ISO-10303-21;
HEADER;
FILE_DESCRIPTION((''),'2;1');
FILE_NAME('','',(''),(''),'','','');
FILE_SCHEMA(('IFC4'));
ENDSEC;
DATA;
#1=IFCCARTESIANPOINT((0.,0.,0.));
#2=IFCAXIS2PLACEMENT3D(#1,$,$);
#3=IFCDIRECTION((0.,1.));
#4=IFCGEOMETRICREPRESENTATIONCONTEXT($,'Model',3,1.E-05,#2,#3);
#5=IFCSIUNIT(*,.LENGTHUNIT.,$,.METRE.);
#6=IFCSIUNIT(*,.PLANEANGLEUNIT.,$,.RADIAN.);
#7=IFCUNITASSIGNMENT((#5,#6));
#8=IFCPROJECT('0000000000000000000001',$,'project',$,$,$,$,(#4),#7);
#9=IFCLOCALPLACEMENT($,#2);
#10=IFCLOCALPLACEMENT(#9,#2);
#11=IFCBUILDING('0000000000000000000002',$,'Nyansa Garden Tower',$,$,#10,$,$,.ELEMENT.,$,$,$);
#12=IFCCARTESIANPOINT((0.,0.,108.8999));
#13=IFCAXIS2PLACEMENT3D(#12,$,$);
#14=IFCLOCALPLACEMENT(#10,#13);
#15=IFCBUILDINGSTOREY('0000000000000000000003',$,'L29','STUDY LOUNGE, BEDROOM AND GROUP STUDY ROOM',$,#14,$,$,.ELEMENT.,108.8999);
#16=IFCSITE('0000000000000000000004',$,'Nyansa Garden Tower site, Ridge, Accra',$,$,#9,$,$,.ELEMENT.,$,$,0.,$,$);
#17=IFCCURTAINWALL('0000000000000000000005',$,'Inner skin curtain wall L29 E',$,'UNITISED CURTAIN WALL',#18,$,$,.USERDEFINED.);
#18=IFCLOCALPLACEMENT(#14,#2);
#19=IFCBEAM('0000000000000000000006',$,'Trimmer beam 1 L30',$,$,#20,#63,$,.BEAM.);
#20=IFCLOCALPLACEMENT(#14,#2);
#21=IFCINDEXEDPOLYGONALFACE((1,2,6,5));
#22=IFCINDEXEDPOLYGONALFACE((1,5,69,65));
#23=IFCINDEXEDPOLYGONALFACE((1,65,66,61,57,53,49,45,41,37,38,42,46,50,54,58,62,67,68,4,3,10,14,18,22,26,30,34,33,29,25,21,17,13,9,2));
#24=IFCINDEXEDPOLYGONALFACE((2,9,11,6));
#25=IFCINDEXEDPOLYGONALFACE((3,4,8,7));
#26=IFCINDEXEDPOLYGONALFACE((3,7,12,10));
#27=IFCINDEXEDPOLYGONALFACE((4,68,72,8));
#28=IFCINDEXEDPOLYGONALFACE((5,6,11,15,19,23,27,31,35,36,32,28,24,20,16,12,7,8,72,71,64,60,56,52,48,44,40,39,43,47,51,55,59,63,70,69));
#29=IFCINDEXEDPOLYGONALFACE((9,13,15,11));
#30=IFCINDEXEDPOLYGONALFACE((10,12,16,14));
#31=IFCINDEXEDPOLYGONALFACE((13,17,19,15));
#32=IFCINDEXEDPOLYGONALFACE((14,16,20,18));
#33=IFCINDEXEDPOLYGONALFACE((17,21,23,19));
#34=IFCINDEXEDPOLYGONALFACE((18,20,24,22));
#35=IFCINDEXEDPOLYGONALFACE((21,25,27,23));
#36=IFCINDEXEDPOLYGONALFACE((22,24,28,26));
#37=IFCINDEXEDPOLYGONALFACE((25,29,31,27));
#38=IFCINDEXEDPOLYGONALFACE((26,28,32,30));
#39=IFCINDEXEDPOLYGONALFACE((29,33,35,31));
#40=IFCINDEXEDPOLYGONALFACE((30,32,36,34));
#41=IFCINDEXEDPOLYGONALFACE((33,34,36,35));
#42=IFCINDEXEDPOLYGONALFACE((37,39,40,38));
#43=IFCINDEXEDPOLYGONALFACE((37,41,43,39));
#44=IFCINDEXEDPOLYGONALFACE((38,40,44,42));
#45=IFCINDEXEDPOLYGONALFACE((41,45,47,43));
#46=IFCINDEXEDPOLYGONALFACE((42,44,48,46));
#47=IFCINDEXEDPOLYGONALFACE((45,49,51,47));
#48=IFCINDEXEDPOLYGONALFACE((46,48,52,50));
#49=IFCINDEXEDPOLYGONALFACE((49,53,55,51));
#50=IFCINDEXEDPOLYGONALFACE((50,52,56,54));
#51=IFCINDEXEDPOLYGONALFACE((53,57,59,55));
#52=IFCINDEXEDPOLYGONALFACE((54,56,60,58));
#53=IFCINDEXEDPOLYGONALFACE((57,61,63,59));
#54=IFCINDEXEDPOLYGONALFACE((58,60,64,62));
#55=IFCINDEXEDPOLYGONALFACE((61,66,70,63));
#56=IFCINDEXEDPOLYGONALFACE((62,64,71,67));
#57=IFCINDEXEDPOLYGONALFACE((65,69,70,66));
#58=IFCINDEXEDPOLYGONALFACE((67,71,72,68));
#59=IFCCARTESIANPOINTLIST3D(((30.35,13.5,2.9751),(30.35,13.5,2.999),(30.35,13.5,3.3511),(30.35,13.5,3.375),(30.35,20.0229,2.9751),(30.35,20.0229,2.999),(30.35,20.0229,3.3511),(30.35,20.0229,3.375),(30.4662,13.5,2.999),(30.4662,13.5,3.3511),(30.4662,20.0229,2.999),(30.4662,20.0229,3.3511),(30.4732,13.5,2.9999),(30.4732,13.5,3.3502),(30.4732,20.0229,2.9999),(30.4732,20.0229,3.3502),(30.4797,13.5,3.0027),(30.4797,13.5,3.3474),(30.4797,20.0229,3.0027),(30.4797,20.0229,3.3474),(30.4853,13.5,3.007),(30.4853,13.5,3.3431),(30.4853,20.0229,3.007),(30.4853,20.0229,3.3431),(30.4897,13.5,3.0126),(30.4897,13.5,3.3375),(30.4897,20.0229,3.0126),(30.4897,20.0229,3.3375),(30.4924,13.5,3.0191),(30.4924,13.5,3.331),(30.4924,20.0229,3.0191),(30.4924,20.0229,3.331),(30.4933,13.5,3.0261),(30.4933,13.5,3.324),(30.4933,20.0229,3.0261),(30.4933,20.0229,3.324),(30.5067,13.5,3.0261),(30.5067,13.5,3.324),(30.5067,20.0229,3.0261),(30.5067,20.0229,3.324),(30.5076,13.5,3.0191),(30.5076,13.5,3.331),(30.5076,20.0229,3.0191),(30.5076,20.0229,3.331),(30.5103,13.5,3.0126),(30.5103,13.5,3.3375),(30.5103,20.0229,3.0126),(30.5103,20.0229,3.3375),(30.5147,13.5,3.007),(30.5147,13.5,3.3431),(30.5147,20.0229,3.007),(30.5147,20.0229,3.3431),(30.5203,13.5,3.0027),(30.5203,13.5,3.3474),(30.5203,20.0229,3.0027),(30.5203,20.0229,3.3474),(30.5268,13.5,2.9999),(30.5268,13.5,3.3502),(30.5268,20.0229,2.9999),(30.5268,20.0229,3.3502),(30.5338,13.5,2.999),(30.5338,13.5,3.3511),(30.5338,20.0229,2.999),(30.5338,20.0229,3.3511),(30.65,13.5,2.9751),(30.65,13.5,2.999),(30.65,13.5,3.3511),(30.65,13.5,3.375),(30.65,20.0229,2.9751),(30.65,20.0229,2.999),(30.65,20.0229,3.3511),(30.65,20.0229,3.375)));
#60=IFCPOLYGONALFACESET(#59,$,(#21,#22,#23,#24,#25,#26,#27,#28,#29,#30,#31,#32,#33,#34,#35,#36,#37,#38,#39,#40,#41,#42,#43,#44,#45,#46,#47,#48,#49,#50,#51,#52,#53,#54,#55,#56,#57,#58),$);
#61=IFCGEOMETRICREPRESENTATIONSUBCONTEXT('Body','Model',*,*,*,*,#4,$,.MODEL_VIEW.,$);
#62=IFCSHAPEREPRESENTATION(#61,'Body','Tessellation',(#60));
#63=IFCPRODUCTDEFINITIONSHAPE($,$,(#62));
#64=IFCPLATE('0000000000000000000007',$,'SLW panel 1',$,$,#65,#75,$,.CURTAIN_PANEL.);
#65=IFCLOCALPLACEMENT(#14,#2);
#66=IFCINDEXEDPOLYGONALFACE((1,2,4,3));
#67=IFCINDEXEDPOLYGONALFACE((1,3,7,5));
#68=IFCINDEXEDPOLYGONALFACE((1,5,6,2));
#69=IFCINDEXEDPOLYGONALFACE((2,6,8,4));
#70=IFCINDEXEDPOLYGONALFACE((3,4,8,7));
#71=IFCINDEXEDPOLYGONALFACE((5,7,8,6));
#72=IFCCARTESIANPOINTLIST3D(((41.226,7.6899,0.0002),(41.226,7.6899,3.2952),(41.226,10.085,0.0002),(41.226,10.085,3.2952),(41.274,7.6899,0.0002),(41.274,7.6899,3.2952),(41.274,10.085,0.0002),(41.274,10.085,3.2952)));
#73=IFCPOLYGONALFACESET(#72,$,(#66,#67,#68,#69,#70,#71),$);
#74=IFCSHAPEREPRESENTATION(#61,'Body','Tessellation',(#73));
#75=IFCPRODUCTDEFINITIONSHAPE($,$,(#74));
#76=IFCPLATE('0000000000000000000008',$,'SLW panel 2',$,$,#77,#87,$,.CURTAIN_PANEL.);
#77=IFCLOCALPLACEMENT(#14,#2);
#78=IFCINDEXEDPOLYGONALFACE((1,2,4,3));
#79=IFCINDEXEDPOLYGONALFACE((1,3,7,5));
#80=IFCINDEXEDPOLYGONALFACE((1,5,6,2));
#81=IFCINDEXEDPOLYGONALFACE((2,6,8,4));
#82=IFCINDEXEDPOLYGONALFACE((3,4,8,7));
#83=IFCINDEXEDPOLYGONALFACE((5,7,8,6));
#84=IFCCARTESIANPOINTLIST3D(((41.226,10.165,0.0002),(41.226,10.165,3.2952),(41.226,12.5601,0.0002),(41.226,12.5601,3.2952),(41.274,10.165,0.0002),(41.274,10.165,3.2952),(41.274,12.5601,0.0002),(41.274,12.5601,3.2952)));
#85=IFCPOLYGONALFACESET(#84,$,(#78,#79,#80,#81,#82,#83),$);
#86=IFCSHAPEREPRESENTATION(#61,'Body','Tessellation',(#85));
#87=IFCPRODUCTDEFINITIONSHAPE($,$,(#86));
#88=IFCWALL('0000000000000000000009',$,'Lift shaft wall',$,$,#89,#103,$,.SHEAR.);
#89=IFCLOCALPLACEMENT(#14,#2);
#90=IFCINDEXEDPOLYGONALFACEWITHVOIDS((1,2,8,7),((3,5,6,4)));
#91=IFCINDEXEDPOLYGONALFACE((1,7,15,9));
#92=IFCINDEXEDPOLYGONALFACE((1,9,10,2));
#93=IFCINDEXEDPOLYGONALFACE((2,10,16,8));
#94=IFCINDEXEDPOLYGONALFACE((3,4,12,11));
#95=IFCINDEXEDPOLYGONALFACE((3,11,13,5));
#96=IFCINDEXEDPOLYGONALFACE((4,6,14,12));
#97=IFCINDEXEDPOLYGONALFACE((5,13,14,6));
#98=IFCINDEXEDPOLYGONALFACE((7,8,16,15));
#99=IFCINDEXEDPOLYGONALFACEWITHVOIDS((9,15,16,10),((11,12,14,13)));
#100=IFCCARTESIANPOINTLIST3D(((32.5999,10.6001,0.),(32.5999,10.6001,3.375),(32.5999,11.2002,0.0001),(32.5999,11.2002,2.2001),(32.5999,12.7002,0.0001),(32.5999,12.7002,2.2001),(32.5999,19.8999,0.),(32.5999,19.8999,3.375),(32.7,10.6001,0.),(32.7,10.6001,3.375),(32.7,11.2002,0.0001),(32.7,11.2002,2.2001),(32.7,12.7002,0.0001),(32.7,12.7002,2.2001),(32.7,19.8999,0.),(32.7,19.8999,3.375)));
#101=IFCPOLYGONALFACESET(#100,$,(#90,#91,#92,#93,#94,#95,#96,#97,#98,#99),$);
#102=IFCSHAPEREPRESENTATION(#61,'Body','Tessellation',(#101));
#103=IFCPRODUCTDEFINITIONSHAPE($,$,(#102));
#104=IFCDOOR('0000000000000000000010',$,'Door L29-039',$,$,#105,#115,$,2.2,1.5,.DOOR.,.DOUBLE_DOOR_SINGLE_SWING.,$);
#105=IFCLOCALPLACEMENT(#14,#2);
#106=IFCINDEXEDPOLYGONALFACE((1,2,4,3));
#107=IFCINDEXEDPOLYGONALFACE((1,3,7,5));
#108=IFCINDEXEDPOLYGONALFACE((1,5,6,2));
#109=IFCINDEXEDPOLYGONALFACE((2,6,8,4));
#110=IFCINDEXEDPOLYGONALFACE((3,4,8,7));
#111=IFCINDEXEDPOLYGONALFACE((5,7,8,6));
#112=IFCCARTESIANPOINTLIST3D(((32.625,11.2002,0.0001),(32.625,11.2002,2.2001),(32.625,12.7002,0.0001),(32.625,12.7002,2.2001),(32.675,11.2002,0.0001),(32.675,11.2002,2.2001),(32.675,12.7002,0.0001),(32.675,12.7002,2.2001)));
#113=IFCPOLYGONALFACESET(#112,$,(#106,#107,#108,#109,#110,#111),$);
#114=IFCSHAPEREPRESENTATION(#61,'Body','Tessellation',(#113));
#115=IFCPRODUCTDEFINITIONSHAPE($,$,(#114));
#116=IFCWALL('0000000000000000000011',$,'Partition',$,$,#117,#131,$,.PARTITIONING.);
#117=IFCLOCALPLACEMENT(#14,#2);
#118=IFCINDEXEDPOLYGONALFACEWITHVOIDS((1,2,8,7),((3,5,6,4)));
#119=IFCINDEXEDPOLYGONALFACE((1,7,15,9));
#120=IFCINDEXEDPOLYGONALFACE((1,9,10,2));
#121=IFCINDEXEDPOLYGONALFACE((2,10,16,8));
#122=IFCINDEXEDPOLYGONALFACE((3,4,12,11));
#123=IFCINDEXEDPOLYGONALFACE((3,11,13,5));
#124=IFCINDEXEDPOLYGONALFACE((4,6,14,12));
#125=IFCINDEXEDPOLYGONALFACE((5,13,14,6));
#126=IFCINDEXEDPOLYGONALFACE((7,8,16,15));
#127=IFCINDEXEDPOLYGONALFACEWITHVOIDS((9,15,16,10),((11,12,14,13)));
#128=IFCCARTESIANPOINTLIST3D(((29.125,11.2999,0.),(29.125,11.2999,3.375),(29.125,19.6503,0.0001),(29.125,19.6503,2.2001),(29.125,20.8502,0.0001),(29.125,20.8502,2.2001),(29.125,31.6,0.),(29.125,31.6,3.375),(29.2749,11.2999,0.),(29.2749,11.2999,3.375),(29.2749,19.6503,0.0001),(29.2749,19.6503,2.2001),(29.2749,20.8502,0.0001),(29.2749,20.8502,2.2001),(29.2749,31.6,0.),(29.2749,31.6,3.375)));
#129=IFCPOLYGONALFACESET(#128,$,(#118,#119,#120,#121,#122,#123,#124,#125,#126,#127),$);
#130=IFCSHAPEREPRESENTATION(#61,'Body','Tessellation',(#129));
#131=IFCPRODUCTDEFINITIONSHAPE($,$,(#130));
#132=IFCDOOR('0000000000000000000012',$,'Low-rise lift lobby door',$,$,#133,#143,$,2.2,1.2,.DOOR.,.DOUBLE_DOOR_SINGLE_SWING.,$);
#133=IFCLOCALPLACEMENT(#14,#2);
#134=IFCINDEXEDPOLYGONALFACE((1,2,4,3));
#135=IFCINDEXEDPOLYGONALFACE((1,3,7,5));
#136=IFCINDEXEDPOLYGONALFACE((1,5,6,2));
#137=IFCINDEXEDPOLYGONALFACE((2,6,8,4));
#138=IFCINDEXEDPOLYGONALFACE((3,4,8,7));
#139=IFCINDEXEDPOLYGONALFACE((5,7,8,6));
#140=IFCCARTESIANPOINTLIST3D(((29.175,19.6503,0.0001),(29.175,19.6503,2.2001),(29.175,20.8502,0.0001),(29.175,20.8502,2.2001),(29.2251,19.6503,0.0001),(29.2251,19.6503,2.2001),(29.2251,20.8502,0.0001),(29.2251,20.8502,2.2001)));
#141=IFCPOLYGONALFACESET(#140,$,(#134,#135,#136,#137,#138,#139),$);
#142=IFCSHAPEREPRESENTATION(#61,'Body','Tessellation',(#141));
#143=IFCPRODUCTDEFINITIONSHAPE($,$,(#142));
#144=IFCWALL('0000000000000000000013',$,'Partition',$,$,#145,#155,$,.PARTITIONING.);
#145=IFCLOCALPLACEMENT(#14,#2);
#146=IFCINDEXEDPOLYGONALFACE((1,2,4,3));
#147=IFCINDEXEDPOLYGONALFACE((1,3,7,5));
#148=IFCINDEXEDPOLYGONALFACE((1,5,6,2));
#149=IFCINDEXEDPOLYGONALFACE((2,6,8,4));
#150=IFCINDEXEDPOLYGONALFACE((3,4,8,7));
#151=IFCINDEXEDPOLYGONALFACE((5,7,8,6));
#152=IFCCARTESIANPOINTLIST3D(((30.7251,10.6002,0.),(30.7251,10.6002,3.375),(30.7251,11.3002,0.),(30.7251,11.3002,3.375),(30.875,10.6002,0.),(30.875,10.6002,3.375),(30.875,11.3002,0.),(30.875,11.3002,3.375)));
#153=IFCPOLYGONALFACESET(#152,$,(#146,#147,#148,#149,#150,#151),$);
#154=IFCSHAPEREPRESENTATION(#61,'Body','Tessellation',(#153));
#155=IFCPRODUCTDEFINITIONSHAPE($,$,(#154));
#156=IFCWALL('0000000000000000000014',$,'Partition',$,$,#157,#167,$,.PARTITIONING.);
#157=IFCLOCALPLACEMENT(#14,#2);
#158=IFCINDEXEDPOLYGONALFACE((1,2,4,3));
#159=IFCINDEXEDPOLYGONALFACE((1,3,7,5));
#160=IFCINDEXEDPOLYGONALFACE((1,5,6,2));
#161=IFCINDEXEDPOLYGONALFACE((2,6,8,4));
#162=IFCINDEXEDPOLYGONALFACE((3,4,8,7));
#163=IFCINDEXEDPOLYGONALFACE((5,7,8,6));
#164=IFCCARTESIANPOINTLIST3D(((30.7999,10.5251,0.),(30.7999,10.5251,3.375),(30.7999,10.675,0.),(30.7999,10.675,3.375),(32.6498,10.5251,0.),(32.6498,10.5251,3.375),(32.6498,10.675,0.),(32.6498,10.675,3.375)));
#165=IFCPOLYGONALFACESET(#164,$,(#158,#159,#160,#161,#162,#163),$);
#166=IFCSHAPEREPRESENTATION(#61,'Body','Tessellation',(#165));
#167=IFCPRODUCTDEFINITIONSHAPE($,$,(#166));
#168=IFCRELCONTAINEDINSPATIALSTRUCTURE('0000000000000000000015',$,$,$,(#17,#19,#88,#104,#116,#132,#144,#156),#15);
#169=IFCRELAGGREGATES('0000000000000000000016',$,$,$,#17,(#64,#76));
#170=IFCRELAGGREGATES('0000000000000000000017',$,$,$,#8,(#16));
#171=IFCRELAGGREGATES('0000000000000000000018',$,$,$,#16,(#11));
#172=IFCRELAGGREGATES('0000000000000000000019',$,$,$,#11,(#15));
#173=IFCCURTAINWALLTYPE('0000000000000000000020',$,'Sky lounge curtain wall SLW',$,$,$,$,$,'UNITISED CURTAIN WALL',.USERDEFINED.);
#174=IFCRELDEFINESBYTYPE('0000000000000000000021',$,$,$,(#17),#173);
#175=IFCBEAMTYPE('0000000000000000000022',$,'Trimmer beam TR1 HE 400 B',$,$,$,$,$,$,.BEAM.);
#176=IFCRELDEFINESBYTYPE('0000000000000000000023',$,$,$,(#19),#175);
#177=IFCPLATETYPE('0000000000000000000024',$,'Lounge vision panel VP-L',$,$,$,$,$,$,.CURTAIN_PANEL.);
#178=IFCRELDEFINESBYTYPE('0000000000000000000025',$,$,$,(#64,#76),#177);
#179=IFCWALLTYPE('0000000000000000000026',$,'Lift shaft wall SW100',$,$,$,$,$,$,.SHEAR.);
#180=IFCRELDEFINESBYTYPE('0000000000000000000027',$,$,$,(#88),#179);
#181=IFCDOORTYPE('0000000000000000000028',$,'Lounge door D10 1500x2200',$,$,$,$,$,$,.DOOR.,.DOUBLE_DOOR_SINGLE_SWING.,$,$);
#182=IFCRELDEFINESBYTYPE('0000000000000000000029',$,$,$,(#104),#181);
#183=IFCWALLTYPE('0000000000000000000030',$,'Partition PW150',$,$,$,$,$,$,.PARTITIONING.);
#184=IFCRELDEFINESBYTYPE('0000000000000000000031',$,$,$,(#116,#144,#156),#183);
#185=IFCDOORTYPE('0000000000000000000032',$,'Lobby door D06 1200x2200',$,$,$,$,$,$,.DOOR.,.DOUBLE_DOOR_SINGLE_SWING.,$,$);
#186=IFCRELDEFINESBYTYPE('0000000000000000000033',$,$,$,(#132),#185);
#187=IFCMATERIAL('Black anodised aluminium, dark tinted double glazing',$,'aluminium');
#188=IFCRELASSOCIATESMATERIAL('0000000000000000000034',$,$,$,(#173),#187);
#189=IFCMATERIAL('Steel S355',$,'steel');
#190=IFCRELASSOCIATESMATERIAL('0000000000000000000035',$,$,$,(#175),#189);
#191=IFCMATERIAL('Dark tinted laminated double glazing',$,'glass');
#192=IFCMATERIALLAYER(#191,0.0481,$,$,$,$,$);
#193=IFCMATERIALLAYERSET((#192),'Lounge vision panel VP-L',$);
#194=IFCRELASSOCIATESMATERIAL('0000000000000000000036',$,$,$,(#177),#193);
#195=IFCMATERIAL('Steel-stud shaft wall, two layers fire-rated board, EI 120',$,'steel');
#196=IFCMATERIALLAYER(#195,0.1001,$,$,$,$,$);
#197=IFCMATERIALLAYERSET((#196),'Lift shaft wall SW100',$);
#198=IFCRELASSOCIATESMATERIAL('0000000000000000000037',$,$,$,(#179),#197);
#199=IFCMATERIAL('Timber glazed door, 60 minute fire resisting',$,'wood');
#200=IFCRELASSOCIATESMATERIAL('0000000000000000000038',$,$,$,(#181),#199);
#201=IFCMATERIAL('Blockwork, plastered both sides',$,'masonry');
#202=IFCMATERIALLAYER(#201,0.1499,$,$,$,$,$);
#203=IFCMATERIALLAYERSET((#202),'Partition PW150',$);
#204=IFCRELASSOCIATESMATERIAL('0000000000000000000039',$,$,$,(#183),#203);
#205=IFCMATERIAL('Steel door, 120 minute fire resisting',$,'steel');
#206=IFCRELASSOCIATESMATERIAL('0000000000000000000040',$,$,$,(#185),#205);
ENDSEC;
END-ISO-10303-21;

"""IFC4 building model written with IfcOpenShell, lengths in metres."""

from ifc_helpers import new_model, si_unit, direction, frame, frame_2d, origin, origin_2d, place, context, subcontext, project, spatial, rectangle, i_section, extrude, material, layer, layer_set, material_profile, profile_set, type_object, element, fill, aggregate, save


model = new_model("IFC4")

# Units and contexts
model_context = context("Model", 3, precision=1e-05, world=origin(), true_north=direction((0.0, 1.0)))
body_context = subcontext(model_context, "Body", "Model", "MODEL_VIEW")
ifc_project = project(units=[si_unit("LENGTHUNIT", "METRE"), si_unit("PLANEANGLEUNIT", "RADIAN")], contexts=[model_context])

# Site, building, storey
site_placement = place(None, origin())
site = spatial("IfcSite", under=ifc_project, at=site_placement, Name="Nyansa Garden Tower site, Ridge, Accra", CompositionType="ELEMENT", RefElevation=0.0)
building_placement = place(site_placement, origin())
building = spatial("IfcBuilding", under=site, at=building_placement, Name="Nyansa Garden Tower", CompositionType="ELEMENT")
storey_placement = place(building_placement, frame((0.0, 0.0, 108.8999)))
storey = spatial("IfcBuildingStorey", under=building, at=storey_placement, Name="L29", Description="STUDY LOUNGE, BEDROOM AND GROUP STUDY ROOM", CompositionType="ELEMENT", Elevation=108.8999)

# Curtain wall
ifc_material_1 = material(Name="Black anodised aluminium, dark tinted double glazing", Category="aluminium")
curtain_wall_type = type_object("IfcCurtainWallType", Name="Sky lounge curtain wall SLW", ElementType="UNITISED CURTAIN WALL", PredefinedType="USERDEFINED", material=ifc_material_1)
curtain_wall_placement = place(storey_placement, origin())
curtain_wall = element("IfcCurtainWall", 1, at=curtain_wall_placement, inside=storey, type_object=curtain_wall_type, Name="Inner skin curtain wall L29 E", ObjectType="UNITISED CURTAIN WALL", PredefinedType="USERDEFINED")

# Beam
ifc_material_2 = material(Name="Steel S355", Category="steel")
ifc_material_profile_1 = material_profile(ifc_material_2, i_section(OverallWidth=0.3, OverallDepth=0.3999, WebThickness=0.0134, FlangeThickness=0.0239, FilletRadius=0.0271, at=origin_2d()), Name="HE 400 B")
ifc_profile_set_1 = profile_set([ifc_material_profile_1], Name="Steel S355")
beam_type_1 = type_object("IfcBeamType", Name="Trimmer beam TR1 HE 400 B", PredefinedType="BEAM", material=ifc_profile_set_1)
beam_1_placement = place(storey_placement, frame((30.5, 13.5, 3.175), z_axis=(0.0, 1.0, 0.0), x_axis=(-1.0, 0.0, 0.0)))
element("IfcBeam", 2, at=beam_1_placement, inside=storey, type_object=beam_type_1, Name="Trimmer beam 1 L30", PredefinedType="BEAM", context=body_context, shape_type="SweptSolid", body=[
    extrude(i_section(OverallWidth=0.3, OverallDepth=0.3999, WebThickness=0.0134, FlangeThickness=0.0239, FilletRadius=0.0271, at=origin_2d()), origin(), (0.0, 0.0, 1.0), 6.5229),
])

# Plates
ifc_material_3 = material(Name="Dark tinted laminated double glazing", Category="glass")
ifc_layer_1 = layer(ifc_material_3, 0.0481)
ifc_layer_set_1 = layer_set([ifc_layer_1], Name="Lounge vision panel VP-L")
plate_type = type_object("IfcPlateType", Name="Lounge vision panel VP-L", PredefinedType="CURTAIN_PANEL", material=ifc_layer_set_1)
plate_1_placement = place(storey_placement, frame((41.25, 8.8875, 0.0002), z_axis=(0.0, 0.0, 1.0), x_axis=(0.0, 1.0, 0.0)))
plate_1 = element("IfcPlate", 3, at=plate_1_placement, type_object=plate_type, Name="SLW panel 1", PredefinedType="CURTAIN_PANEL", context=body_context, shape_type="SweptSolid", body=[
    extrude(rectangle(XDim=2.395, YDim=0.0481, at=origin_2d()), origin(), (0.0, 0.0, 1.0), 3.2949),
])
plate_2_placement = place(storey_placement, frame((41.25, 11.3625, 0.0002), z_axis=(0.0, 0.0, 1.0), x_axis=(0.0, 1.0, 0.0)))
plate_2 = element("IfcPlate", 4, at=plate_2_placement, type_object=plate_type, Name="SLW panel 2", PredefinedType="CURTAIN_PANEL", context=body_context, shape_type="SweptSolid", body=[
    extrude(rectangle(XDim=2.395, YDim=0.0481, at=origin_2d()), origin(), (0.0, 0.0, 1.0), 3.2949),
])
aggregate(curtain_wall, [plate_1, plate_2])

# Walls, openings, doors
ifc_material_4 = material(Name="Steel-stud shaft wall, two layers fire-rated board, EI 120", Category="steel")
ifc_layer_2 = layer(ifc_material_4, 0.1001)
ifc_layer_set_2 = layer_set([ifc_layer_2], Name="Lift shaft wall SW100")
wall_type_1 = type_object("IfcWallType", Name="Lift shaft wall SW100", PredefinedType="SHEAR", material=ifc_layer_set_2)
wall_1_placement = place(storey_placement, frame((32.6499, 10.6001, 0.0), z_axis=(0.0, 0.0, 1.0), x_axis=(0.0, 1.0, 0.0)))
wall_1 = element("IfcWall", 5, at=wall_1_placement, inside=storey, type_object=wall_type_1, Name="Lift shaft wall", PredefinedType="SHEAR", context=body_context, shape_type="SweptSolid", body=[
    extrude(rectangle(XDim=9.2998, YDim=0.1001, at=frame_2d((4.6499, 0.0))), origin(), (0.0, 0.0, 1.0), 3.375),
])
opening_1_placement = place(wall_1_placement, frame((0.6001, 0.0, 0.0)))
opening_1 = element("IfcOpeningElement", 6, at=opening_1_placement, cuts=wall_1, PredefinedType="OPENING", context=body_context, shape_type="SweptSolid", body=[
    extrude(rectangle(XDim=1.5, YDim=2.2, at=frame_2d((0.75, 1.1001))), frame((0.0, 0.0601, 0.0), z_axis=(0.0, -1.0, 0.0), x_axis=(1.0, 0.0, 0.0)), (0.0, 0.0, 1.0), 0.1201),
])
ifc_material_5 = material(Name="Timber glazed door, 60 minute fire resisting", Category="wood")
door_type_1 = type_object("IfcDoorType", Name="Lounge door D10 1500x2200", OperationType="DOUBLE_DOOR_SINGLE_SWING", PredefinedType="DOOR", material=ifc_material_5)
door_1_placement = place(opening_1_placement, origin())
door_1 = element("IfcDoor", 7, at=door_1_placement, inside=storey, type_object=door_type_1, Name="Door L29-039", OperationType="DOUBLE_DOOR_SINGLE_SWING", OverallHeight=2.2, OverallWidth=1.5, PredefinedType="DOOR", context=body_context, shape_type="SweptSolid", body=[
    extrude(rectangle(XDim=1.5, YDim=2.2, at=frame_2d((0.75, 1.1001))), frame((0.0, 0.0249, 0.0), z_axis=(0.0, -1.0, 0.0), x_axis=(1.0, 0.0, 0.0)), (0.0, 0.0, 1.0), 0.05),
])
fill(opening_1, door_1)
ifc_material_6 = material(Name="Blockwork, plastered both sides", Category="masonry")
ifc_layer_3 = layer(ifc_material_6, 0.1499)
ifc_layer_set_3 = layer_set([ifc_layer_3], Name="Partition PW150")
wall_type_2 = type_object("IfcWallType", Name="Partition PW150", PredefinedType="PARTITIONING", material=ifc_layer_set_3)
wall_2_placement = place(storey_placement, frame((29.2, 11.3, 0.0), z_axis=(0.0, 0.0, 1.0), x_axis=(0.0, 1.0, 0.0)))
wall_2 = element("IfcWall", 8, at=wall_2_placement, inside=storey, type_object=wall_type_2, Name="Partition", PredefinedType="PARTITIONING", context=body_context, shape_type="SweptSolid", body=[
    extrude(rectangle(XDim=20.3, YDim=0.1499, at=frame_2d((10.1499, 0.0))), origin(), (0.0, 0.0, 1.0), 3.375),
])
opening_2_placement = place(wall_2_placement, frame((8.3501, 0.0, 0.0)))
opening_2 = element("IfcOpeningElement", 9, at=opening_2_placement, cuts=wall_2, PredefinedType="OPENING", context=body_context, shape_type="SweptSolid", body=[
    extrude(rectangle(XDim=1.2, YDim=2.2, at=frame_2d((0.6001, 1.1001))), frame((0.0, 0.085, 0.0), z_axis=(0.0, -1.0, 0.0), x_axis=(1.0, 0.0, 0.0)), (0.0, 0.0, 1.0), 0.1699),
])
ifc_material_7 = material(Name="Steel door, 120 minute fire resisting", Category="steel")
door_type_2 = type_object("IfcDoorType", Name="Lobby door D06 1200x2200", OperationType="DOUBLE_DOOR_SINGLE_SWING", PredefinedType="DOOR", material=ifc_material_7)
door_2_placement = place(opening_2_placement, origin())
door_2 = element("IfcDoor", 10, at=door_2_placement, inside=storey, type_object=door_type_2, Name="Low-rise lift lobby door", OperationType="DOUBLE_DOOR_SINGLE_SWING", OverallHeight=2.2, OverallWidth=1.2, PredefinedType="DOOR", context=body_context, shape_type="SweptSolid", body=[
    extrude(rectangle(XDim=1.2, YDim=2.2, at=frame_2d((0.6001, 1.1001))), frame((0.0, 0.0249, 0.0), z_axis=(0.0, -1.0, 0.0), x_axis=(1.0, 0.0, 0.0)), (0.0, 0.0, 1.0), 0.05),
])
fill(opening_2, door_2)

# Walls
wall_3_placement = place(storey_placement, frame((30.8, 10.6001, 0.0), z_axis=(0.0, 0.0, 1.0), x_axis=(0.0, 1.0, 0.0)))
element("IfcWall", 11, at=wall_3_placement, inside=storey, type_object=wall_type_2, Name="Partition", PredefinedType="PARTITIONING", context=body_context, shape_type="SweptSolid", body=[
    extrude(rectangle(XDim=0.7, YDim=0.1499, at=frame_2d((0.3501, 0.0))), origin(), (0.0, 0.0, 1.0), 3.375),
])
wall_4_placement = place(storey_placement, frame((30.8, 10.6001, 0.0), z_axis=(0.0, 0.0, 1.0), x_axis=(1.0, 0.0, 0.0)))
element("IfcWall", 12, at=wall_4_placement, inside=storey, type_object=wall_type_2, Name="Partition", PredefinedType="PARTITIONING", context=body_context, shape_type="SweptSolid", body=[
    extrude(rectangle(XDim=1.8499, YDim=0.1499, at=frame_2d((0.9248, 0.0))), origin(), (0.0, 0.0, 1.0), 3.375),
])

save(model, "model.ifc")
